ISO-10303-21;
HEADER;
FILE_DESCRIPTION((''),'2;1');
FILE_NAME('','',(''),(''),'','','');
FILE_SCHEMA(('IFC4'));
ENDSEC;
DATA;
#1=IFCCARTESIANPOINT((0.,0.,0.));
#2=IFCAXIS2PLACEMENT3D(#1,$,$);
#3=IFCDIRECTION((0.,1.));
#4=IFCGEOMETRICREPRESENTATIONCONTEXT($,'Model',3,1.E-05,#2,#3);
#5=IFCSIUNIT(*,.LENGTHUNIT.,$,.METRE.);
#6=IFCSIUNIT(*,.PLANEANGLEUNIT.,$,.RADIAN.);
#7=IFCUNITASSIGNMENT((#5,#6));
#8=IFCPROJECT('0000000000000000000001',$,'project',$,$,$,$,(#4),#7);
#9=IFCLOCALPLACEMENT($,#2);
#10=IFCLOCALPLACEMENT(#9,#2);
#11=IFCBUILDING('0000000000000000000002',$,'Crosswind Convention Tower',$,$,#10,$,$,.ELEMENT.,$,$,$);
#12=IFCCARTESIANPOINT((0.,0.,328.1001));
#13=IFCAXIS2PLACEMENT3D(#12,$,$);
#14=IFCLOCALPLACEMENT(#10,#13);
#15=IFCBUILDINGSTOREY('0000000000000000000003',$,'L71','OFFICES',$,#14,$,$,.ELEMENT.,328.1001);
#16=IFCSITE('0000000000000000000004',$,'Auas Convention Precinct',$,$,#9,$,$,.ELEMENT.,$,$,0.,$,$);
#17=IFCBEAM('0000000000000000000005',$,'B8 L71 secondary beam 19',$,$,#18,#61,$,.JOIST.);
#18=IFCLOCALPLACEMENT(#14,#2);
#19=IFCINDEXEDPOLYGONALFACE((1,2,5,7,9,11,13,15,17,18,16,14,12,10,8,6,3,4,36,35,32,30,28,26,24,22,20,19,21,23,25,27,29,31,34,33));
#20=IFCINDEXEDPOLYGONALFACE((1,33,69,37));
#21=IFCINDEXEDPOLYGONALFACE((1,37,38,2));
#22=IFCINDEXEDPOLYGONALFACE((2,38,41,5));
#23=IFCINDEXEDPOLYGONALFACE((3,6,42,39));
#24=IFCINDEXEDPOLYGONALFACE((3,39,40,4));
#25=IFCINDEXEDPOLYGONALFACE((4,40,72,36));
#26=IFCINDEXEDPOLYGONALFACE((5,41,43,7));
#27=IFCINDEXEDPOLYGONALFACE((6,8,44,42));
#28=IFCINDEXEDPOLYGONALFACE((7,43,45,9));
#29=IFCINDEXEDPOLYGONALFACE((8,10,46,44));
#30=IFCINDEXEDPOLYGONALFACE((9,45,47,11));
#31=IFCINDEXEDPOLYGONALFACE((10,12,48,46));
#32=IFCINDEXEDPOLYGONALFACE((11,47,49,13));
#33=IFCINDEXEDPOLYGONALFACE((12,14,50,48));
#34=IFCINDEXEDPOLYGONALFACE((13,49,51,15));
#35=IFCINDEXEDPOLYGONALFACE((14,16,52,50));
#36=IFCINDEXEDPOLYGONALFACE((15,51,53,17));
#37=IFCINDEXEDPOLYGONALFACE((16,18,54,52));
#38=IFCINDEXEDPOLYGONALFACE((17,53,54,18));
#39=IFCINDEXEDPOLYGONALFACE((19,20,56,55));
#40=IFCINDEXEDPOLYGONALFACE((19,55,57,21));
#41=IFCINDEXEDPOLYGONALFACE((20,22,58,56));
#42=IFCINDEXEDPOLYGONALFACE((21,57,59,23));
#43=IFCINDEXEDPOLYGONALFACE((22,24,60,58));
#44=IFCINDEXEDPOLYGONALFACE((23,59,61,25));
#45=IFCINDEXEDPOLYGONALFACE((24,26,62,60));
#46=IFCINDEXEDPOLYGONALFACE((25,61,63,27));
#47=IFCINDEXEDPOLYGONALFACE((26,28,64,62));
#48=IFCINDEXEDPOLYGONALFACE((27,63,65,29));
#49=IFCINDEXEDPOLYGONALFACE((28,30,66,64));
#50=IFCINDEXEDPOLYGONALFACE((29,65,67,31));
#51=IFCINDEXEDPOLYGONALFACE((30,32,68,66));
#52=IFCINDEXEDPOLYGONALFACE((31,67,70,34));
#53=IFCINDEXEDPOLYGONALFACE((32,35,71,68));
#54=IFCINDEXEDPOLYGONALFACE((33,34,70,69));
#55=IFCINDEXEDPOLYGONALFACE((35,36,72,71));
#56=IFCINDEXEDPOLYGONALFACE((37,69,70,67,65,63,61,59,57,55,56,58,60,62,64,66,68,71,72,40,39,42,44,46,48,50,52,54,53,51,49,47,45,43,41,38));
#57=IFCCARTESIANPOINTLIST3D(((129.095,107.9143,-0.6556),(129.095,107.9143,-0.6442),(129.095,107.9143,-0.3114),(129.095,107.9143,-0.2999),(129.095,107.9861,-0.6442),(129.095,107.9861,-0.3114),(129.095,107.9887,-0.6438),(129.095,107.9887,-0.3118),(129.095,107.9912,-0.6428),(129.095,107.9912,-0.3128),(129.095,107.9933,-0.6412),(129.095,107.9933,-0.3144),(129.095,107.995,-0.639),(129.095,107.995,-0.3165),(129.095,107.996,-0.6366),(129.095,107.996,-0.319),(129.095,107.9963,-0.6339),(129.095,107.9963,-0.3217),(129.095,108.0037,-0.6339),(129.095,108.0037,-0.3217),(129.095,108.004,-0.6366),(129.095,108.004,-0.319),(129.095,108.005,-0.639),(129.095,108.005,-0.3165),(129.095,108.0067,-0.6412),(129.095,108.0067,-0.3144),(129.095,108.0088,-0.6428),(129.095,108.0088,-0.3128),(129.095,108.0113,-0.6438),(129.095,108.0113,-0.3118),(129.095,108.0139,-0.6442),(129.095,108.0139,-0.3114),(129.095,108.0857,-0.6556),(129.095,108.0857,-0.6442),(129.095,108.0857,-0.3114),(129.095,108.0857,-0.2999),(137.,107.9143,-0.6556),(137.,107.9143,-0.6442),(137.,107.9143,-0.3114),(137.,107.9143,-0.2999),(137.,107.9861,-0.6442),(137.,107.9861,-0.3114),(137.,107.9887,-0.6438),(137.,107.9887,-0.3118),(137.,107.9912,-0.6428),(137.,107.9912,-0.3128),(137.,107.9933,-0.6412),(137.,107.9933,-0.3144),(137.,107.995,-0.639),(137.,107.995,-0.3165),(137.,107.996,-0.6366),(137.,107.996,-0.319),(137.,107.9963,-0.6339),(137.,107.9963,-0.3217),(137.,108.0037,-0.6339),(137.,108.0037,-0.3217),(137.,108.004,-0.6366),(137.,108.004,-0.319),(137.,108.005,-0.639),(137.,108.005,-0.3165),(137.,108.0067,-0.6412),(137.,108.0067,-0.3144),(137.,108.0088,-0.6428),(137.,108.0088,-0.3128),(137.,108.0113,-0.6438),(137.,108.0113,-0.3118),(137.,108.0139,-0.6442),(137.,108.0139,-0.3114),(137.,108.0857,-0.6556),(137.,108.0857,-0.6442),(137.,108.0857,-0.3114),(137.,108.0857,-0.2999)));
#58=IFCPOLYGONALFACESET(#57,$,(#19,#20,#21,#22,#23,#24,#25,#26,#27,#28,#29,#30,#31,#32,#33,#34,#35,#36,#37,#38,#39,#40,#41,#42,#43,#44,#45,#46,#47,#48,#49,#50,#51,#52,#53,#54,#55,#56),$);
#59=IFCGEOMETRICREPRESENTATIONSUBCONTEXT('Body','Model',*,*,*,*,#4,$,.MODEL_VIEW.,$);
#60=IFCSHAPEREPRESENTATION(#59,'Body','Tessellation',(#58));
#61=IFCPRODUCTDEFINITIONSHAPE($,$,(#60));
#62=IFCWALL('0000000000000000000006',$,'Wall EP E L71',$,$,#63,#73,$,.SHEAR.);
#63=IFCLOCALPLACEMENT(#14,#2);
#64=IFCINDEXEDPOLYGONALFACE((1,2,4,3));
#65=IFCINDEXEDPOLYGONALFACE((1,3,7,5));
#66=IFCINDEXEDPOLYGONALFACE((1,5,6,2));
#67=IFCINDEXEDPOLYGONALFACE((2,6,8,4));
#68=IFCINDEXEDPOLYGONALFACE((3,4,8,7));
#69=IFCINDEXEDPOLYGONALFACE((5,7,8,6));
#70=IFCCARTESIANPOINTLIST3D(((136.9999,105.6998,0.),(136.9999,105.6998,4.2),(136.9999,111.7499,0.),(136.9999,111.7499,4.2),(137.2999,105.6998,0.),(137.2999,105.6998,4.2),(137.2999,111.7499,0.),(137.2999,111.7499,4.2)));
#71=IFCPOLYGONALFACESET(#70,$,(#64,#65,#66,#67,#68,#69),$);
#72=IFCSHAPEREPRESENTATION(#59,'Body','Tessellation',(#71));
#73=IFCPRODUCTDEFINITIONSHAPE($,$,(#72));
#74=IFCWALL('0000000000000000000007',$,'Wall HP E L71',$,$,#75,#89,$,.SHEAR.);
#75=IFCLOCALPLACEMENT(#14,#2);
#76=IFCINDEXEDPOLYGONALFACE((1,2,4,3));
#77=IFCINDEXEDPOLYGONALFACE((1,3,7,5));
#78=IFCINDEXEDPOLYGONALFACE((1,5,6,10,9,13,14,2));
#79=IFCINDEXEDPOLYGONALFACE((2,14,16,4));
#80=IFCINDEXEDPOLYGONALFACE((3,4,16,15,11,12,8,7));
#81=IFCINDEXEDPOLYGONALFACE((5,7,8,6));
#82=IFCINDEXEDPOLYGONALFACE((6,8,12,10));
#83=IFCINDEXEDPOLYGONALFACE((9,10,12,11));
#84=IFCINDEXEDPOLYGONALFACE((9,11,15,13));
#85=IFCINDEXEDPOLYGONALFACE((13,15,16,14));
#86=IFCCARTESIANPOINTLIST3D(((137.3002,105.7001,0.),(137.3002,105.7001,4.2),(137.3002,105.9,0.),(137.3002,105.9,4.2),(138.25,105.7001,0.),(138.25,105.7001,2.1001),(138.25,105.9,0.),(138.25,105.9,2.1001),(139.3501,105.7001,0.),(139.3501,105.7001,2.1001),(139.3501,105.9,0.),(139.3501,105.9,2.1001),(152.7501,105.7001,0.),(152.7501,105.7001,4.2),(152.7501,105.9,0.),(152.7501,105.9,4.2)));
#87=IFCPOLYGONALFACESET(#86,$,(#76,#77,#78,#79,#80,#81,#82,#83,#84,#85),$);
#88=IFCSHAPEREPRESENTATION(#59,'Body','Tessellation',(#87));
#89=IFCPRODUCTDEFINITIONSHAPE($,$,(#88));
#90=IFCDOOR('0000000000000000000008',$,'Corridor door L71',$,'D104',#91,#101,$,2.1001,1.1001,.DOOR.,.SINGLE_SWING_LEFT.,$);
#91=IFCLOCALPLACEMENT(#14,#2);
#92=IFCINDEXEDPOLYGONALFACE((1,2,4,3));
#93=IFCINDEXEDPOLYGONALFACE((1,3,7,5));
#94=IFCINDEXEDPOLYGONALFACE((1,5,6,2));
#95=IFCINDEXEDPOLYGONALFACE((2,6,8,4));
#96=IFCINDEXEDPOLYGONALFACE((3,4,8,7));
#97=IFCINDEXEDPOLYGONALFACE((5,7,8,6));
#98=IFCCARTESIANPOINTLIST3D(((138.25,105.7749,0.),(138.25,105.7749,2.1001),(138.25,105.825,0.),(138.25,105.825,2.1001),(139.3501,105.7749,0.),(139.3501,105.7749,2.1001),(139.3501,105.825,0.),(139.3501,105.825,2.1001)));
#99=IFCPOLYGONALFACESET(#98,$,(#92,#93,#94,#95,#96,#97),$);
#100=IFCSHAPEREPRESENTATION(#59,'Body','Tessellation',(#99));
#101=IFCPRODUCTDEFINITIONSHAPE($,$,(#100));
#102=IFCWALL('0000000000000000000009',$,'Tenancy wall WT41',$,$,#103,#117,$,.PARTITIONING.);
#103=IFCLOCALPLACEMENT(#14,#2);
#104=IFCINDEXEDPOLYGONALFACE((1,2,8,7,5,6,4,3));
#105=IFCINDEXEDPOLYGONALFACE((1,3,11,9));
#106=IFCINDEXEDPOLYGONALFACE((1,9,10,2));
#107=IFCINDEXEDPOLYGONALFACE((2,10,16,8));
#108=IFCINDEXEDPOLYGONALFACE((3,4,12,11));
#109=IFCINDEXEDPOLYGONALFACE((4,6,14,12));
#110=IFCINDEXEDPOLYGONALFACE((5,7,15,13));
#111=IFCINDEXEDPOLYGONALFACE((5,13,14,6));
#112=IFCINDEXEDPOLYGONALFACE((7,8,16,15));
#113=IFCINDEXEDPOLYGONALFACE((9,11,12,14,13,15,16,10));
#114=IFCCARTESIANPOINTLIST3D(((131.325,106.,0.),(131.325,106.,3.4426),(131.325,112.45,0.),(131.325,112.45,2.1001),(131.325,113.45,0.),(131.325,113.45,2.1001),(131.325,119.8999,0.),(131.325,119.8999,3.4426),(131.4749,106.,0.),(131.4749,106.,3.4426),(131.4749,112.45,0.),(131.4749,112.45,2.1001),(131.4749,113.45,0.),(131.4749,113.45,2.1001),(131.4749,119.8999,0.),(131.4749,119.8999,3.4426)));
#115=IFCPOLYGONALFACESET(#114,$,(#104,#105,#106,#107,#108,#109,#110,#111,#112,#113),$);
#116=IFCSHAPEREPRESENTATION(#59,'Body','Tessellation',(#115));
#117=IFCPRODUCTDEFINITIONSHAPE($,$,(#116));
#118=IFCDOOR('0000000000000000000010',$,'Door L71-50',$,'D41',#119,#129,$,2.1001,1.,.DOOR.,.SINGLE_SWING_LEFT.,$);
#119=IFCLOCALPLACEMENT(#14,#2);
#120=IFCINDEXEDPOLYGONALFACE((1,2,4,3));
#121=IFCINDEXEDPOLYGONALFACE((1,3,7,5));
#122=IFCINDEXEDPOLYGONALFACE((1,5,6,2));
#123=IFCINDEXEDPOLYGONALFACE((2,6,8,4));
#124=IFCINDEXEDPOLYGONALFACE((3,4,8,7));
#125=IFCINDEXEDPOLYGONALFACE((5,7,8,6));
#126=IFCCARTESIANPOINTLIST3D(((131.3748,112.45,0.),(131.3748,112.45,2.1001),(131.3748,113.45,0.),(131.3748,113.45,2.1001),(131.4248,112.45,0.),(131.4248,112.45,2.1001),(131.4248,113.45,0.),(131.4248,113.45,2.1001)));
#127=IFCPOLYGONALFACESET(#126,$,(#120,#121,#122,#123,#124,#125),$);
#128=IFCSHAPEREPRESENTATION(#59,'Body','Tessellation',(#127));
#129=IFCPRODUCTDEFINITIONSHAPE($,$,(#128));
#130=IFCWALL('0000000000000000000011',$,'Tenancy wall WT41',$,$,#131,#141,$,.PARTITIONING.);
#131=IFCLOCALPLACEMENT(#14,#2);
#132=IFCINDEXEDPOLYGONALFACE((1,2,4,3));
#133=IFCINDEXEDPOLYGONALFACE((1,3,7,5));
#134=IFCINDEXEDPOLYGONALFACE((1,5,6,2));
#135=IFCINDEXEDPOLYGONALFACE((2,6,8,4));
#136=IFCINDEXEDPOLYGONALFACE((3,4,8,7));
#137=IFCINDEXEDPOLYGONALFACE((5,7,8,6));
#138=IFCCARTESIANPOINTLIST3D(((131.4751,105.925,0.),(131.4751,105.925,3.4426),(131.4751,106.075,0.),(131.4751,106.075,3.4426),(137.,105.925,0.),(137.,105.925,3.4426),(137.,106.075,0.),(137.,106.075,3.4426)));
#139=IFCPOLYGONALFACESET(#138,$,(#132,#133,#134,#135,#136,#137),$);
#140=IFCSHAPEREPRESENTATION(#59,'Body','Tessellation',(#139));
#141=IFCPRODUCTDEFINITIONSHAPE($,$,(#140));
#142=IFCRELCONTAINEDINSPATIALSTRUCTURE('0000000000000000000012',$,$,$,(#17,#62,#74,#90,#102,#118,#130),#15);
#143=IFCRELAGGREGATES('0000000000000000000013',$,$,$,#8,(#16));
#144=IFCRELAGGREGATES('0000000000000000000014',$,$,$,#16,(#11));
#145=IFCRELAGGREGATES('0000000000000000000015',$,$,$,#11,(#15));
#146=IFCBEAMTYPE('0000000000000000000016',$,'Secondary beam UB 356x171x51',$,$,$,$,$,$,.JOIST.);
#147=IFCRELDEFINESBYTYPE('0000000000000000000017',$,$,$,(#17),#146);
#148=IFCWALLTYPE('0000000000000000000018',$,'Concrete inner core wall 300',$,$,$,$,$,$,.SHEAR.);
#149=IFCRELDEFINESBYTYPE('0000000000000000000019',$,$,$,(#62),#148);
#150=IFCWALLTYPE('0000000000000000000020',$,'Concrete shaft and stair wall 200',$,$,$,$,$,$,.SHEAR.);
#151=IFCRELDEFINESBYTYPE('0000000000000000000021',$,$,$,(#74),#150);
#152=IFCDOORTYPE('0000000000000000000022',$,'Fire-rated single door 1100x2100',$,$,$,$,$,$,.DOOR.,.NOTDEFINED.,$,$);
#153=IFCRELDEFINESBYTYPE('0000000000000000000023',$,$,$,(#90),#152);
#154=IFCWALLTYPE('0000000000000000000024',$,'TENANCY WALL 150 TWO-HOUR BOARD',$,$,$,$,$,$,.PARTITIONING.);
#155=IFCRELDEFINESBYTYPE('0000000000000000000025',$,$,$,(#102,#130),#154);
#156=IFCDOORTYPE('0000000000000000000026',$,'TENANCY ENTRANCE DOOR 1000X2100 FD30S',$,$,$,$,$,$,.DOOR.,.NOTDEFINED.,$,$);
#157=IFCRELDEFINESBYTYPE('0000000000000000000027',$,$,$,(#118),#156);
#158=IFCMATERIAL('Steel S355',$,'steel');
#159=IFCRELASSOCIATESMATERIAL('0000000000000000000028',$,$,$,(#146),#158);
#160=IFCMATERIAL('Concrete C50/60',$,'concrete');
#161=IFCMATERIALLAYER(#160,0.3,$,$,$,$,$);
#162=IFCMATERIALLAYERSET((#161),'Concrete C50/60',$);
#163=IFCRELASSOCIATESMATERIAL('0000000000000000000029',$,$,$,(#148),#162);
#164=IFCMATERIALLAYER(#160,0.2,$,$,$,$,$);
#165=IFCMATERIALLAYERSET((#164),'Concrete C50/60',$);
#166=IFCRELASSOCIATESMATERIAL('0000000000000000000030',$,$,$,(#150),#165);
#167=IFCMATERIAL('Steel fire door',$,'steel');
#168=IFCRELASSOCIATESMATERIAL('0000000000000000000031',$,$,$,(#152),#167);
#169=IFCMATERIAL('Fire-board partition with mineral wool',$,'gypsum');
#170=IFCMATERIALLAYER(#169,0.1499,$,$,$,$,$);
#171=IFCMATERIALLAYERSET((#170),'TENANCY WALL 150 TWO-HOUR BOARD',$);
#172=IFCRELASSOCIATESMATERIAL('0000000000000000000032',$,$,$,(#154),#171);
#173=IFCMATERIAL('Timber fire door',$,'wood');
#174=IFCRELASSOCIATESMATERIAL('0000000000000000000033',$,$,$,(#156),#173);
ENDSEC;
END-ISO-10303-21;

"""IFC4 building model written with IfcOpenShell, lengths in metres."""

from ifc_helpers import new_model, si_unit, direction, frame, frame_2d, origin, origin_2d, place, context, subcontext, project, spatial, rectangle, i_section, extrude, material, layer, layer_set, material_profile, profile_set, type_object, element, fill, save


model = new_model("IFC4")

# Units and contexts
model_context = context("Model", 3, precision=1e-05, world=origin(), true_north=direction((0.0, 1.0)))
body_context = subcontext(model_context, "Body", "Model", "MODEL_VIEW")
ifc_project = project(units=[si_unit("LENGTHUNIT", "METRE"), si_unit("PLANEANGLEUNIT", "RADIAN")], contexts=[model_context])

# Site, building, storey
site_placement = place(None, origin())
site = spatial("IfcSite", under=ifc_project, at=site_placement, Name="Auas Convention Precinct", CompositionType="ELEMENT", RefElevation=0.0)
building_placement = place(site_placement, origin())
building = spatial("IfcBuilding", under=site, at=building_placement, Name="Crosswind Convention Tower", CompositionType="ELEMENT")
storey_placement = place(building_placement, frame((0.0, 0.0, 328.1001)))
storey = spatial("IfcBuildingStorey", under=building, at=storey_placement, Name="L71", Description="OFFICES", CompositionType="ELEMENT", Elevation=328.1001)

# Beam
ifc_material_1 = material(Name="Steel S355", Category="steel")
ifc_material_profile_1 = material_profile(ifc_material_1, i_section(OverallWidth=0.1714, OverallDepth=0.3557, WebThickness=0.0073, FlangeThickness=0.0115, FilletRadius=0.0103, at=origin_2d()), Name="UB 356x171x51")
ifc_profile_set_1 = profile_set([ifc_material_profile_1], Name="Steel S355")
beam_type_1 = type_object("IfcBeamType", Name="Secondary beam UB 356x171x51", PredefinedType="JOIST", material=ifc_profile_set_1)
for number, where, z_axis, x_axis, name in (
    (1, (129.095, 108.0, -0.4778), (1.0, 0.0, 0.0), (0.0, 1.0, 0.0), "B8 L71 secondary beam 19"),
):
    element("IfcBeam", number, at=place(storey_placement, frame(where, z_axis=z_axis, x_axis=x_axis)), inside=storey, type_object=beam_type_1, Name=name, PredefinedType="JOIST", context=body_context, shape_type="SweptSolid", body=[
        extrude(i_section(OverallWidth=0.1714, OverallDepth=0.3557, WebThickness=0.0073, FlangeThickness=0.0115, FilletRadius=0.0103, at=origin_2d()), origin(), (0.0, 0.0, 1.0), 7.905),
    ])

# Wall
ifc_material_2 = material(Name="Concrete C50/60", Category="concrete")
ifc_layer_1 = layer(ifc_material_2, 0.3)
ifc_layer_set_1 = layer_set([ifc_layer_1], Name="Concrete C50/60")
wall_type_1 = type_object("IfcWallType", Name="Concrete inner core wall 300", PredefinedType="SHEAR", material=ifc_layer_set_1)
wall_1_placement = place(storey_placement, frame((137.1499, 105.7, 0.0), z_axis=(0.0, 0.0, 1.0), x_axis=(0.0, 1.0, 0.0)))
element("IfcWall", 2, at=wall_1_placement, inside=storey, type_object=wall_type_1, Name="Wall EP E L71", PredefinedType="SHEAR", context=body_context, shape_type="SweptSolid", body=[
    extrude(rectangle(XDim=6.05, YDim=0.3, at=frame_2d((3.0249, 0.0))), origin(), (0.0, 0.0, 1.0), 4.2),
])

# Walls, openings, doors
ifc_layer_2 = layer(ifc_material_2, 0.2)
ifc_layer_set_2 = layer_set([ifc_layer_2], Name="Concrete C50/60")
wall_type_2 = type_object("IfcWallType", Name="Concrete shaft and stair wall 200", PredefinedType="SHEAR", material=ifc_layer_set_2)
wall_2_placement = place(storey_placement, frame((137.3, 105.8, 0.0), z_axis=(0.0, 0.0, 1.0), x_axis=(1.0, 0.0, 0.0)))
wall_2 = element("IfcWall", 3, at=wall_2_placement, inside=storey, type_object=wall_type_2, Name="Wall HP E L71", PredefinedType="SHEAR", context=body_context, shape_type="SweptSolid", body=[
    extrude(rectangle(XDim=15.45, YDim=0.2, at=frame_2d((7.7251, 0.0))), origin(), (0.0, 0.0, 1.0), 4.2),
])
opening_1_placement = place(wall_2_placement, frame((0.95, 0.0, 0.0)))
opening_1 = element("IfcOpeningElement", 4, at=opening_1_placement, cuts=wall_2, PredefinedType="OPENING", context=body_context, shape_type="SweptSolid", body=[
    extrude(rectangle(XDim=1.1001, YDim=2.1001, at=frame_2d((0.55, 1.05))), frame((0.0, 0.1099, 0.0), z_axis=(0.0, -1.0, 0.0), x_axis=(1.0, 0.0, 0.0)), (0.0, 0.0, 1.0), 0.22),
])
ifc_material_3 = material(Name="Steel fire door", Category="steel")
door_type_1 = type_object("IfcDoorType", Name="Fire-rated single door 1100x2100", OperationType="NOTDEFINED", PredefinedType="DOOR", material=ifc_material_3)
door_1_placement = place(opening_1_placement, origin())
door_1 = element("IfcDoor", 5, at=door_1_placement, inside=storey, type_object=door_type_1, Name="Corridor door L71", ObjectType="D104", OperationType="SINGLE_SWING_LEFT", OverallHeight=2.1001, OverallWidth=1.1001, PredefinedType="DOOR", context=body_context, shape_type="SweptSolid", body=[
    extrude(rectangle(XDim=1.1001, YDim=2.1001, at=frame_2d((0.55, 1.05))), frame((0.0, 0.0249, 0.0), z_axis=(0.0, -1.0, 0.0), x_axis=(1.0, 0.0, 0.0)), (0.0, 0.0, 1.0), 0.05),
])
fill(opening_1, door_1)
ifc_material_4 = material(Name="Fire-board partition with mineral wool", Category="gypsum")
ifc_layer_3 = layer(ifc_material_4, 0.1499)
ifc_layer_set_3 = layer_set([ifc_layer_3], Name="TENANCY WALL 150 TWO-HOUR BOARD")
wall_type_3 = type_object("IfcWallType", Name="TENANCY WALL 150 TWO-HOUR BOARD", PredefinedType="PARTITIONING", material=ifc_layer_set_3)
wall_3_placement = place(storey_placement, frame((131.3999, 106.0, 0.0), z_axis=(0.0, 0.0, 1.0), x_axis=(0.0, 1.0, 0.0)))
wall_3 = element("IfcWall", 6, at=wall_3_placement, inside=storey, type_object=wall_type_3, Name="Tenancy wall WT41", PredefinedType="PARTITIONING", context=body_context, shape_type="SweptSolid", body=[
    extrude(rectangle(XDim=13.8999, YDim=0.1499, at=frame_2d((6.95, 0.0))), origin(), (0.0, 0.0, 1.0), 3.4426),
])
opening_2_placement = place(wall_3_placement, frame((6.45, 0.0, 0.0)))
opening_2 = element("IfcOpeningElement", 7, at=opening_2_placement, cuts=wall_3, PredefinedType="OPENING", context=body_context, shape_type="SweptSolid", body=[
    extrude(rectangle(XDim=1.0, YDim=2.1001, at=frame_2d((0.5, 1.05))), frame((0.0, 0.085, 0.0), z_axis=(0.0, -1.0, 0.0), x_axis=(1.0, 0.0, 0.0)), (0.0, 0.0, 1.0), 0.1699),
])
ifc_material_5 = material(Name="Timber fire door", Category="wood")
door_type_2 = type_object("IfcDoorType", Name="TENANCY ENTRANCE DOOR 1000X2100 FD30S", OperationType="NOTDEFINED", PredefinedType="DOOR", material=ifc_material_5)
door_2_placement = place(opening_2_placement, frame((1.0, 0.0, 0.0), z_axis=(0.0, 0.0, 1.0), x_axis=(-1.0, 0.0, 0.0)))
door_2 = element("IfcDoor", 8, at=door_2_placement, inside=storey, type_object=door_type_2, Name="Door L71-50", ObjectType="D41", OperationType="SINGLE_SWING_LEFT", OverallHeight=2.1001, OverallWidth=1.0, PredefinedType="DOOR", context=body_context, shape_type="SweptSolid", body=[
    extrude(rectangle(XDim=1.0, YDim=2.1001, at=frame_2d((0.5, 1.05))), frame((0.0, 0.0249, 0.0), z_axis=(0.0, -1.0, 0.0), x_axis=(1.0, 0.0, 0.0)), (0.0, 0.0, 1.0), 0.05),
])
fill(opening_2, door_2)

# Wall
wall_4_placement = place(storey_placement, frame((131.4751, 106.0, 0.0), z_axis=(0.0, 0.0, 1.0), x_axis=(1.0, 0.0, 0.0)))
element("IfcWall", 9, at=wall_4_placement, inside=storey, type_object=wall_type_3, Name="Tenancy wall WT41", PredefinedType="PARTITIONING", context=body_context, shape_type="SweptSolid", body=[
    extrude(rectangle(XDim=5.5249, YDim=0.1499, at=frame_2d((2.7625, 0.0))), origin(), (0.0, 0.0, 1.0), 3.4426),
])

save(model, "model.ifc")
